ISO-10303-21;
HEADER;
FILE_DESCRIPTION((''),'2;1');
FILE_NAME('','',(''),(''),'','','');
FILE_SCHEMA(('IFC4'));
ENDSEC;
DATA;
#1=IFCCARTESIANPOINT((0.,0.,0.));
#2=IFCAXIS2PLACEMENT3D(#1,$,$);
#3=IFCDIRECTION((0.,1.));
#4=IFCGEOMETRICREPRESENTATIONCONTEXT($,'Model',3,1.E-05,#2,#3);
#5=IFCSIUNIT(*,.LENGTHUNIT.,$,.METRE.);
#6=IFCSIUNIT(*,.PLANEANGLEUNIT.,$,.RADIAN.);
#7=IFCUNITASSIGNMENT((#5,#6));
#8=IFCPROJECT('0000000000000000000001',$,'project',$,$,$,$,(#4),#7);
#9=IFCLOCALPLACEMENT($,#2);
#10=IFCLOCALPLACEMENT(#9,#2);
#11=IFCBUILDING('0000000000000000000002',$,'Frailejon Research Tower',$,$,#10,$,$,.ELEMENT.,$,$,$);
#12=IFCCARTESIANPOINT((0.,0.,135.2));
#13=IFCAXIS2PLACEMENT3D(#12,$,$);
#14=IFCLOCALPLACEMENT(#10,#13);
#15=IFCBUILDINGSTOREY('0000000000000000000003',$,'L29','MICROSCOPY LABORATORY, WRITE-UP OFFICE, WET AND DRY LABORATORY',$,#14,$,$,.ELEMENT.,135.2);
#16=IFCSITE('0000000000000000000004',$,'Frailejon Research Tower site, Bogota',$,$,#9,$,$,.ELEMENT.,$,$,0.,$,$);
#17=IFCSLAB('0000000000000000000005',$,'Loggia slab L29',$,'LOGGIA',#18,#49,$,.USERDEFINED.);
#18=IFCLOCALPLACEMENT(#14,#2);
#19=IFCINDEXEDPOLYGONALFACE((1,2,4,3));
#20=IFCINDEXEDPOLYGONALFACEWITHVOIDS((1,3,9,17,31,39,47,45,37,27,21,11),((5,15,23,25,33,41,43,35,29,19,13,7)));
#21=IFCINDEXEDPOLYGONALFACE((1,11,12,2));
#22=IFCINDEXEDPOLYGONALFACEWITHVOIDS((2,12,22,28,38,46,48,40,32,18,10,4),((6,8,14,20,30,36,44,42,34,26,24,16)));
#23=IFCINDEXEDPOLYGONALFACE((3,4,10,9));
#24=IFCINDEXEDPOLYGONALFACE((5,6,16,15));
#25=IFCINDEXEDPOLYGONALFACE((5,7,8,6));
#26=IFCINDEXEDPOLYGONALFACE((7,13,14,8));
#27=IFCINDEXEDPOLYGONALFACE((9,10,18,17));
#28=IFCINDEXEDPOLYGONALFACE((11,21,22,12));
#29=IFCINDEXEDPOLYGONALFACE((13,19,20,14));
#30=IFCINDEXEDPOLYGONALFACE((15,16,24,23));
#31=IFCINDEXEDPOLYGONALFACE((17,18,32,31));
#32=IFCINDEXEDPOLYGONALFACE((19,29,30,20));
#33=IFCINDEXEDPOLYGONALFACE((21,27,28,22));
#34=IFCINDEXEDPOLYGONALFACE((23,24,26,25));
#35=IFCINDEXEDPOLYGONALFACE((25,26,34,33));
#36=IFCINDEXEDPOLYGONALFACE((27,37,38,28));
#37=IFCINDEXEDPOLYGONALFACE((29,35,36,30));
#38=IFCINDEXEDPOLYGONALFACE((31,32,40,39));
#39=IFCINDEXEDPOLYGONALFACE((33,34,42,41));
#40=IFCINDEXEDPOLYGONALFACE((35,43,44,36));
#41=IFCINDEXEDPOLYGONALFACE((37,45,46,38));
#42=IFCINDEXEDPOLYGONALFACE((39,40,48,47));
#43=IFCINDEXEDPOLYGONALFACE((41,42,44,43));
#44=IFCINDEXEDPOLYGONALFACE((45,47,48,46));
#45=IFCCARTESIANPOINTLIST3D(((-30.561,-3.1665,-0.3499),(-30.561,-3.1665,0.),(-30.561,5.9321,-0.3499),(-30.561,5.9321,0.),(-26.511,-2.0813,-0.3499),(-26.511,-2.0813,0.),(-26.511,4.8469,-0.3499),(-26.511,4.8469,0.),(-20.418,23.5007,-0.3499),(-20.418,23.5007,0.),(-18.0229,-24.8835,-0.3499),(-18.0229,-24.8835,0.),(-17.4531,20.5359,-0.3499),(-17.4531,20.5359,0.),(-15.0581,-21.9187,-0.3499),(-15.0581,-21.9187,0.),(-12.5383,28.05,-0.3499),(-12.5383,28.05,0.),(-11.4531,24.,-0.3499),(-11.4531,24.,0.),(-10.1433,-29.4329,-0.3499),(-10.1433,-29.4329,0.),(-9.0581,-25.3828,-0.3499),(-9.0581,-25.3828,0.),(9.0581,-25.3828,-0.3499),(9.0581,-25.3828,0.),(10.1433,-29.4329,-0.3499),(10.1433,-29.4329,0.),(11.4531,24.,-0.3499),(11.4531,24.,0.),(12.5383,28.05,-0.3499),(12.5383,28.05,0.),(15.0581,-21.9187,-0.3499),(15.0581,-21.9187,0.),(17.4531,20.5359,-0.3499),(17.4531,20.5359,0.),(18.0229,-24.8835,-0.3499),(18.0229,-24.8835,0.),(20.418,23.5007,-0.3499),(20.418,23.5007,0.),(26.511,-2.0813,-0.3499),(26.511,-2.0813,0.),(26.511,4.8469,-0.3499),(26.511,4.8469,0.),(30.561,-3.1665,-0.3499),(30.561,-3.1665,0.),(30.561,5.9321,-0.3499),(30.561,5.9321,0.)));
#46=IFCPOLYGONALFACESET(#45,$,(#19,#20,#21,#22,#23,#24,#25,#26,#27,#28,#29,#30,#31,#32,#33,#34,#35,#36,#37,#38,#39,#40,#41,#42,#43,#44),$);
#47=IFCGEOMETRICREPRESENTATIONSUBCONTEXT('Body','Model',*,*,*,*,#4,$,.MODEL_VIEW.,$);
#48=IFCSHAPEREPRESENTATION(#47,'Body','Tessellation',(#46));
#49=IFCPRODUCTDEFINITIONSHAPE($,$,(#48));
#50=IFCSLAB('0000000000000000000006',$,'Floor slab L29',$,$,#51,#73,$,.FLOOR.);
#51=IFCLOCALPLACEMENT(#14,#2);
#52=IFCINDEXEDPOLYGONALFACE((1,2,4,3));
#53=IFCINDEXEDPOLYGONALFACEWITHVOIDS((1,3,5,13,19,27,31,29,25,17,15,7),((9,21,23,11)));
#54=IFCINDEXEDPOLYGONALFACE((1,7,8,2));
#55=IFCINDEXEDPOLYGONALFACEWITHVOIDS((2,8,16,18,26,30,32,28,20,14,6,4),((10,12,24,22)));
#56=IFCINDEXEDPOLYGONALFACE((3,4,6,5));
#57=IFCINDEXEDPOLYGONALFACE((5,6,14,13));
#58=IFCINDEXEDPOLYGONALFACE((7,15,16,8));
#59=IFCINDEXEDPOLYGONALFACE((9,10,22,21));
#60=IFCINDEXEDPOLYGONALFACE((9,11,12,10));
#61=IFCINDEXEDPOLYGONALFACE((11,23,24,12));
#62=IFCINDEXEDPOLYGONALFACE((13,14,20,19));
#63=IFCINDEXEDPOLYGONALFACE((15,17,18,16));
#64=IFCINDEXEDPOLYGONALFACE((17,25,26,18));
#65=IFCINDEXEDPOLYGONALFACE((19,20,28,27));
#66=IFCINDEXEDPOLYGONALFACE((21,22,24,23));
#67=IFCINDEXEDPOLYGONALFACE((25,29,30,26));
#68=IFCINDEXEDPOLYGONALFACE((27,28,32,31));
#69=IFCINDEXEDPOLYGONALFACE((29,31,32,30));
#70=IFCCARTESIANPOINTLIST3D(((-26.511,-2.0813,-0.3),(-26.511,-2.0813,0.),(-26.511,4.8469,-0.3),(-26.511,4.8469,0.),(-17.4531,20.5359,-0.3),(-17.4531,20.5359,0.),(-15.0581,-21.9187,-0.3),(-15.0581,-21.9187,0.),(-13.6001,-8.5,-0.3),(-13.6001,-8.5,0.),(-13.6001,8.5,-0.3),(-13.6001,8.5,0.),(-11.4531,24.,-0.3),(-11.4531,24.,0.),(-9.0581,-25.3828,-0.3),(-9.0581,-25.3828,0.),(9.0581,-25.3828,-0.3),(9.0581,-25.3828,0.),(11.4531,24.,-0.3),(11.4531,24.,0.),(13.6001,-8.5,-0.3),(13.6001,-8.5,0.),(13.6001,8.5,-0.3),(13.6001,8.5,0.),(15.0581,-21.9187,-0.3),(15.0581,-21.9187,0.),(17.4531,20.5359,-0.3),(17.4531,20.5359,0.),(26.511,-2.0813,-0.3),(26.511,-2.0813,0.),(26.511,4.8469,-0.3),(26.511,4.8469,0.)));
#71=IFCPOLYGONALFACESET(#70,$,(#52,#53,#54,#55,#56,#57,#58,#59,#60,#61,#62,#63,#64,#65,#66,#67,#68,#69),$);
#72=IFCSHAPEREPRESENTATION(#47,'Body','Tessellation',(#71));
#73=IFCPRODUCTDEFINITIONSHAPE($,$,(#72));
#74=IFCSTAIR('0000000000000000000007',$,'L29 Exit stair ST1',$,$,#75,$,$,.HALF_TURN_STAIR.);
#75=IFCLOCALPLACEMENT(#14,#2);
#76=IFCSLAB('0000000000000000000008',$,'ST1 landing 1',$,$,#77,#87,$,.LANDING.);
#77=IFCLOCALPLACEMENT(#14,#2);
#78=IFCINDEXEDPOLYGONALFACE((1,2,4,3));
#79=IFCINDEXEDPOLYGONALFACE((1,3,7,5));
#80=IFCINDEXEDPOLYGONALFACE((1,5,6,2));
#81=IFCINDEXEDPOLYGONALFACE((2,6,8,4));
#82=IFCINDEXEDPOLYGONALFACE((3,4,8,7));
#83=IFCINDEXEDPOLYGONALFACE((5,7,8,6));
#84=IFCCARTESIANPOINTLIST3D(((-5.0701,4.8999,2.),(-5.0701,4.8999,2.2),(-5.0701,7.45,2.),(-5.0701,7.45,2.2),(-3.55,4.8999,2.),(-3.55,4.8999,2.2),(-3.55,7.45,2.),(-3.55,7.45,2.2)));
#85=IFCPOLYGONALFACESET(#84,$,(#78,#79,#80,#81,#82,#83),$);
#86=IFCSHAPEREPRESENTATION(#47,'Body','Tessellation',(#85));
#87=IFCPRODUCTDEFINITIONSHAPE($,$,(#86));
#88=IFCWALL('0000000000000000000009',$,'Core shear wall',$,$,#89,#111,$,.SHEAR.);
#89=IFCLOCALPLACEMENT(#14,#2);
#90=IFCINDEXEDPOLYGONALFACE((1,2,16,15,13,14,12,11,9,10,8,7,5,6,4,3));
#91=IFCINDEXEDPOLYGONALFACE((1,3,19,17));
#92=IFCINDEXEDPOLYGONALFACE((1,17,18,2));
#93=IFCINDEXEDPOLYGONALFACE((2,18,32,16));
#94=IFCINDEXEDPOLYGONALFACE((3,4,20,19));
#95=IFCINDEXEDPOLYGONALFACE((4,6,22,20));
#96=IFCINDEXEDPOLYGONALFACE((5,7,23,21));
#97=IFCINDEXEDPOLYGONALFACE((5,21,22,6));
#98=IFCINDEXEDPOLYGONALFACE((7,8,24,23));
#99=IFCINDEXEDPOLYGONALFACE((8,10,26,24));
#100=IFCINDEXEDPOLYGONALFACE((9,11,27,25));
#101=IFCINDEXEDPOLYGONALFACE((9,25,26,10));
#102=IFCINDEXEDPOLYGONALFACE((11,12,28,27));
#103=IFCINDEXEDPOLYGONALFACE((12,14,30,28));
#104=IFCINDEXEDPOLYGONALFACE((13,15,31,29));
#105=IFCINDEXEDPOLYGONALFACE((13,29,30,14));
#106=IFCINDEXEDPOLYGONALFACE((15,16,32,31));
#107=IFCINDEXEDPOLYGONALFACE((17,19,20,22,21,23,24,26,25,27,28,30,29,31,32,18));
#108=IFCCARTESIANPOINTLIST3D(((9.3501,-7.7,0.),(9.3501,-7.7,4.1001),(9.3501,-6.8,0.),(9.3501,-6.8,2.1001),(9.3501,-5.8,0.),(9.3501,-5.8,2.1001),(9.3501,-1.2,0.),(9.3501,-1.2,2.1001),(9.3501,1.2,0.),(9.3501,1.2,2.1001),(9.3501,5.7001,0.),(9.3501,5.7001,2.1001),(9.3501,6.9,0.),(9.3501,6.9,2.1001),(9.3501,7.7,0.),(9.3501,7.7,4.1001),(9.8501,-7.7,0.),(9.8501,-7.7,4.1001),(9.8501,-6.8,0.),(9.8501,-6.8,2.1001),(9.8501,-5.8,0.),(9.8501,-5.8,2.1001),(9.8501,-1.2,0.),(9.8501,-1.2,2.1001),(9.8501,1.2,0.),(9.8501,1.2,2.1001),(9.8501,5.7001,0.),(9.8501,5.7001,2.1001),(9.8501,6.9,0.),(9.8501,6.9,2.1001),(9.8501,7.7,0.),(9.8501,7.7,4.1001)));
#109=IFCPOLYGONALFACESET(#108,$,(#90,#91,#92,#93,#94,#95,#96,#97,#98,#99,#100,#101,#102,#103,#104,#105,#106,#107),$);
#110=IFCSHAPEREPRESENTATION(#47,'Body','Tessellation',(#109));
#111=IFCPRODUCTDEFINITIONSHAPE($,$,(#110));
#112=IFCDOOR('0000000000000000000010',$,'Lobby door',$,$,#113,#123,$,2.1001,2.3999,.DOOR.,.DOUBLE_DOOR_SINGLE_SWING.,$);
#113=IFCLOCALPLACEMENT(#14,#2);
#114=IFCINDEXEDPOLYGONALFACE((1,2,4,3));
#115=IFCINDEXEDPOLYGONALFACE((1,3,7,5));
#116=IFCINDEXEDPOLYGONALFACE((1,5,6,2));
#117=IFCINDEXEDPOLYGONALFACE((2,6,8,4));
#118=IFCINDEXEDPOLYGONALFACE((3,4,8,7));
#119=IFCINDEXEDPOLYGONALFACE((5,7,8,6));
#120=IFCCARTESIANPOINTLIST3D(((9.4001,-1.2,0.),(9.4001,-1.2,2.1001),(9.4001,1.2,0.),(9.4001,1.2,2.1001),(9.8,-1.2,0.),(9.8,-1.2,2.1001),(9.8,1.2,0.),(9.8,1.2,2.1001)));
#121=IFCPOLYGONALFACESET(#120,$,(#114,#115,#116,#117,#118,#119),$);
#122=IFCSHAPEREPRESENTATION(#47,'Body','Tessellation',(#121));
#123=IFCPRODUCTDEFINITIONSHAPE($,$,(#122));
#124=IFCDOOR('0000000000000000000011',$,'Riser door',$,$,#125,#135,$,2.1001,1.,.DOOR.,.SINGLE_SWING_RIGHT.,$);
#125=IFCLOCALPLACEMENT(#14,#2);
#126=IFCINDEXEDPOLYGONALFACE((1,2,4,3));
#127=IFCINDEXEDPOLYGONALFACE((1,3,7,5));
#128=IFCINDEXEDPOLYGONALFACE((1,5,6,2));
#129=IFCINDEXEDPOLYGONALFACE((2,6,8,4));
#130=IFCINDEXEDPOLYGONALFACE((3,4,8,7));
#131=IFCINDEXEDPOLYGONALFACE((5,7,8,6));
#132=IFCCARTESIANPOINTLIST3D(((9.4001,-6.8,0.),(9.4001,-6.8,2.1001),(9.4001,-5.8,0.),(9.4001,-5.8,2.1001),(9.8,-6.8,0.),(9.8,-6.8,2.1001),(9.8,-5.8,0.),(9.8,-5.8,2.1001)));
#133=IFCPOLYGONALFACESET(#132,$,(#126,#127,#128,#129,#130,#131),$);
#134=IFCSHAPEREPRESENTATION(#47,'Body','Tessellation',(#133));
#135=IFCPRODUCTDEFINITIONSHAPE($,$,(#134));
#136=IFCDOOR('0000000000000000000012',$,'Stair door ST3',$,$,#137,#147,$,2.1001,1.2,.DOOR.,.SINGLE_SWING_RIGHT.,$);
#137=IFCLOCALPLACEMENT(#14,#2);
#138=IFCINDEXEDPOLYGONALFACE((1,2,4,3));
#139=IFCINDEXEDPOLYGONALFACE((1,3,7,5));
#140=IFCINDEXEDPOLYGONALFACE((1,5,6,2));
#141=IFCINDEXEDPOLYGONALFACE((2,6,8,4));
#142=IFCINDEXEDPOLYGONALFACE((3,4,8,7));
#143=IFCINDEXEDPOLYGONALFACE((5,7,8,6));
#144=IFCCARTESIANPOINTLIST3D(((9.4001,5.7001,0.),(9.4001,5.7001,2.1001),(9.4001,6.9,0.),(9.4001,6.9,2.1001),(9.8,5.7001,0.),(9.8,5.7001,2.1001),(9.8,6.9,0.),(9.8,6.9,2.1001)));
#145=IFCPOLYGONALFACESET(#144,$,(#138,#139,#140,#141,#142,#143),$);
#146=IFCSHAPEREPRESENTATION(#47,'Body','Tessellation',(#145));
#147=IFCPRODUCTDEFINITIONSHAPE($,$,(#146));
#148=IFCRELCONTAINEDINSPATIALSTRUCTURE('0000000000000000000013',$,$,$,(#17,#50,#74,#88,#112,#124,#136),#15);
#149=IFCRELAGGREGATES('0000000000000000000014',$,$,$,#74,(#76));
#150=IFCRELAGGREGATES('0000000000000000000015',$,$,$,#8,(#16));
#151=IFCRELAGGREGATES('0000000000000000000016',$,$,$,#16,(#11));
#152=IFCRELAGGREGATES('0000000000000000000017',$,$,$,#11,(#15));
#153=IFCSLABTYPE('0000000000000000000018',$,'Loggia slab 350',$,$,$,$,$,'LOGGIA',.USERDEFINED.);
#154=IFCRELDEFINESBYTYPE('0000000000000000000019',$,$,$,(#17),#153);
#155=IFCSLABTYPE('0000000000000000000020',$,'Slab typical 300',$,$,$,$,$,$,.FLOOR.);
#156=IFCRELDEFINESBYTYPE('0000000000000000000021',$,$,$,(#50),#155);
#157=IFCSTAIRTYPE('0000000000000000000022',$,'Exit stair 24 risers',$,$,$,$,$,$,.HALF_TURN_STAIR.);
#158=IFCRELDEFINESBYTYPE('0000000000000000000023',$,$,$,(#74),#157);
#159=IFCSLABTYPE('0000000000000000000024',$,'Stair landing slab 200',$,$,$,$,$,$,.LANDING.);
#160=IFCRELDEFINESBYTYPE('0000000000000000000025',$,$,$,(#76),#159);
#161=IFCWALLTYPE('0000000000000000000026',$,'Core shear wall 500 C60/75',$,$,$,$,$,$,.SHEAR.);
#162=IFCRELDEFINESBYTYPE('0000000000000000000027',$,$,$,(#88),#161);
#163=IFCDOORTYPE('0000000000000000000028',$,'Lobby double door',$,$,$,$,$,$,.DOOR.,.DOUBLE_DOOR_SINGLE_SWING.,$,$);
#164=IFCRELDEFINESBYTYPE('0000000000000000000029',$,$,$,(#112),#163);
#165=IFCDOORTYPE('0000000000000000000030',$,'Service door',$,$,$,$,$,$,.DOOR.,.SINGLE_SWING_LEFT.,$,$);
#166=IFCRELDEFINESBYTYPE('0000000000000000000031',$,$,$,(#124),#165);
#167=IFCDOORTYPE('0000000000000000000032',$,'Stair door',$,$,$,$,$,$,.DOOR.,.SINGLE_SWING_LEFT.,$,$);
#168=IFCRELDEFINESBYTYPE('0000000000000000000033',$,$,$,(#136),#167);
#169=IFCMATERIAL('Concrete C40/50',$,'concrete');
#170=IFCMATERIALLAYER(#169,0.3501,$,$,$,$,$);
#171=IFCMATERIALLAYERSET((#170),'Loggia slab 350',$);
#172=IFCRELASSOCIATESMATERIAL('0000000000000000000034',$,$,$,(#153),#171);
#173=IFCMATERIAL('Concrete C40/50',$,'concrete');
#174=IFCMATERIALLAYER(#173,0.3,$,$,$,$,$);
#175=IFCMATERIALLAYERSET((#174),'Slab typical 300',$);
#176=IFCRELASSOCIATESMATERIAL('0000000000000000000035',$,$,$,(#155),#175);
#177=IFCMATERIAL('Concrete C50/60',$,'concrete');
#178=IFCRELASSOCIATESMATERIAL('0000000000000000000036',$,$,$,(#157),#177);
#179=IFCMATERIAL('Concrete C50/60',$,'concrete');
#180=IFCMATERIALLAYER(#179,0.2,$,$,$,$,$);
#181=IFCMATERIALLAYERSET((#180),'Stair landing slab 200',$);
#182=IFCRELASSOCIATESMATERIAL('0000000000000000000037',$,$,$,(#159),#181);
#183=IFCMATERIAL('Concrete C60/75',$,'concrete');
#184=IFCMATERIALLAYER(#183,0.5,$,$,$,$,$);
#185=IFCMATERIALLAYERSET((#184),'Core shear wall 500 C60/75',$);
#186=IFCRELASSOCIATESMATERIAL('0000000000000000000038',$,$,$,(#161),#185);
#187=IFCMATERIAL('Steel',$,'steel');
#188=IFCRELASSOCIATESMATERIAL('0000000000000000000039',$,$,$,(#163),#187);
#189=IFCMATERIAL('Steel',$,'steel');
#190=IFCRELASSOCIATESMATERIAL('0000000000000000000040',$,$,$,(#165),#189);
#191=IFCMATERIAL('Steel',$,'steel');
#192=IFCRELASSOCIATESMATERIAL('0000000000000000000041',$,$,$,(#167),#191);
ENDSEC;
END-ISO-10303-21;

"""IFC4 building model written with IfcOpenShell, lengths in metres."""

from ifc_helpers import new_model, si_unit, direction, frame, frame_2d, origin, place, context, subcontext, project, spatial, polyline, rectangle, outline, extrude, material, layer, layer_set, type_object, element, fill, aggregate, save


model = new_model("IFC4")

# Units and contexts
model_context = context("Model", 3, precision=1e-05, world=origin(), true_north=direction((0.0, 1.0)))
body_context = subcontext(model_context, "Body", "Model", "MODEL_VIEW")
ifc_project = project(units=[si_unit("LENGTHUNIT", "METRE"), si_unit("PLANEANGLEUNIT", "RADIAN")], contexts=[model_context])

# Site, building, storey
site_placement = place(None, origin())
site = spatial("IfcSite", under=ifc_project, at=site_placement, Name="Frailejon Research Tower site, Bogota", CompositionType="ELEMENT", RefElevation=0.0)
building_placement = place(site_placement, origin())
building = spatial("IfcBuilding", under=site, at=building_placement, Name="Frailejon Research Tower", CompositionType="ELEMENT")
storey_placement = place(building_placement, frame((0.0, 0.0, 135.2)))
storey = spatial("IfcBuildingStorey", under=building, at=storey_placement, Name="L29", Description="MICROSCOPY LABORATORY, WRITE-UP OFFICE, WET AND DRY LABORATORY", CompositionType="ELEMENT", Elevation=135.2)

# Slabs
ifc_material_1 = material(Name="Concrete C40/50", Category="concrete")
ifc_layer_1 = layer(ifc_material_1, 0.3501)
ifc_layer_set_1 = layer_set([ifc_layer_1], Name="Loggia slab 350")
slab_type_1 = type_object("IfcSlabType", Name="Loggia slab 350", ElementType="LOGGIA", PredefinedType="USERDEFINED", material=ifc_layer_set_1)
slab_1_placement = place(storey_placement, frame((0.0, 0.0, -0.3499)))
element("IfcSlab", 1, at=slab_1_placement, inside=storey, type_object=slab_type_1, Name="Loggia slab L29", ObjectType="LOGGIA", PredefinedType="USERDEFINED", context=body_context, shape_type="SweptSolid", body=[
    extrude(outline(polyline([(18.0229, -24.8835), (10.1433, -29.4329), (-10.1433, -29.4329), (-18.0229, -24.8835), (-30.561, -3.1665), (-30.561, 5.9321), (-20.418, 23.5007), (-12.5383, 28.05), (12.5383, 28.05), (20.418, 23.5007), (30.561, 5.9321), (30.561, -3.1665), (18.0229, -24.8835)]), holes=[polyline([(26.511, 4.8469), (17.4531, 20.5359), (11.4531, 24.0), (-11.4531, 24.0), (-17.4531, 20.5359), (-26.511, 4.8469), (-26.511, -2.0813), (-15.0581, -21.9187), (-9.0581, -25.3828), (9.0581, -25.3828), (15.0581, -21.9187), (26.511, -2.0813), (26.511, 4.8469)])]), origin(), (0.0, 0.0, 1.0), 0.3499),
])
ifc_material_2 = material(Name="Concrete C40/50", Category="concrete")
ifc_layer_2 = layer(ifc_material_2, 0.3)
ifc_layer_set_2 = layer_set([ifc_layer_2], Name="Slab typical 300")
slab_type_2 = type_object("IfcSlabType", Name="Slab typical 300", PredefinedType="FLOOR", material=ifc_layer_set_2)
slab_2_placement = place(storey_placement, frame((0.0, 0.0, -0.3)))
element("IfcSlab", 2, at=slab_2_placement, inside=storey, type_object=slab_type_2, Name="Floor slab L29", PredefinedType="FLOOR", context=body_context, shape_type="SweptSolid", body=[
    extrude(outline(polyline([(26.511, -2.0813), (26.511, 4.8469), (17.4531, 20.5359), (11.4531, 24.0), (-11.4531, 24.0), (-17.4531, 20.5359), (-26.511, 4.8469), (-26.511, -2.0813), (-15.0581, -21.9187), (-9.0581, -25.3828), (9.0581, -25.3828), (15.0581, -21.9187), (26.511, -2.0813)]), holes=[polyline([(13.6001, -8.5), (-13.6001, -8.5), (-13.6001, 8.5), (13.6001, 8.5), (13.6001, -8.5)])]), origin(), (0.0, 0.0, 1.0), 0.3),
])

# Stair, slab
ifc_material_3 = material(Name="Concrete C50/60", Category="concrete")
stair_type = type_object("IfcStairType", Name="Exit stair 24 risers", PredefinedType="HALF_TURN_STAIR", material=ifc_material_3)
stair_placement = place(storey_placement, origin())
stair = element("IfcStair", 3, at=stair_placement, inside=storey, type_object=stair_type, Name="L29 Exit stair ST1", PredefinedType="HALF_TURN_STAIR")
ifc_material_4 = material(Name="Concrete C50/60", Category="concrete")
ifc_layer_3 = layer(ifc_material_4, 0.2)
ifc_layer_set_3 = layer_set([ifc_layer_3], Name="Stair landing slab 200")
slab_type_3 = type_object("IfcSlabType", Name="Stair landing slab 200", PredefinedType="LANDING", material=ifc_layer_set_3)
slab_3_placement = place(storey_placement, frame((0.0, 0.0, 2.0)))
slab_3 = element("IfcSlab", 4, at=slab_3_placement, type_object=slab_type_3, Name="ST1 landing 1", PredefinedType="LANDING", context=body_context, shape_type="SweptSolid", body=[
    extrude(outline(polyline([(-5.0701, 4.8999), (-3.55, 4.8999), (-3.55, 7.45), (-5.0701, 7.45), (-5.0701, 4.8999)])), origin(), (0.0, 0.0, 1.0), 0.2),
])
aggregate(stair, [slab_3])

# Wall, openings, doors
ifc_material_5 = material(Name="Concrete C60/75", Category="concrete")
ifc_layer_4 = layer(ifc_material_5, 0.5)
ifc_layer_set_4 = layer_set([ifc_layer_4], Name="Core shear wall 500 C60/75")
wall_type_1 = type_object("IfcWallType", Name="Core shear wall 500 C60/75", PredefinedType="SHEAR", material=ifc_layer_set_4)
wall_1_placement = place(storey_placement, frame((9.6001, -7.7, 0.0), z_axis=(0.0, 0.0, 1.0), x_axis=(0.0, 1.0, 0.0)))
wall_1 = element("IfcWall", 5, at=wall_1_placement, inside=storey, type_object=wall_type_1, Name="Core shear wall", PredefinedType="SHEAR", context=body_context, shape_type="SweptSolid", body=[
    extrude(rectangle(XDim=15.3999, YDim=0.5, at=frame_2d((7.7, 0.0))), origin(), (0.0, 0.0, 1.0), 4.1001),
])
opening_1_placement = place(wall_1_placement, frame((6.5, 0.0, 0.0)))
opening_1 = element("IfcOpeningElement", 6, at=opening_1_placement, cuts=wall_1, PredefinedType="OPENING", context=body_context, shape_type="SweptSolid", body=[
    extrude(rectangle(XDim=2.3999, YDim=2.1001, at=frame_2d((1.2, 1.05))), frame((0.0, 0.26, 0.0), z_axis=(0.0, -1.0, 0.0), x_axis=(1.0, 0.0, 0.0)), (0.0, 0.0, 1.0), 0.52),
])
opening_2_placement = place(wall_1_placement, frame((13.3999, 0.0, 0.0)))
opening_2 = element("IfcOpeningElement", 7, at=opening_2_placement, cuts=wall_1, PredefinedType="OPENING", context=body_context, shape_type="SweptSolid", body=[
    extrude(rectangle(XDim=1.2, YDim=2.1001, at=frame_2d((0.6001, 1.05))), frame((0.0, 0.26, 0.0), z_axis=(0.0, -1.0, 0.0), x_axis=(1.0, 0.0, 0.0)), (0.0, 0.0, 1.0), 0.52),
])
opening_3_placement = place(wall_1_placement, frame((0.8999, 0.0, 0.0)))
opening_3 = element("IfcOpeningElement", 8, at=opening_3_placement, cuts=wall_1, PredefinedType="OPENING", context=body_context, shape_type="SweptSolid", body=[
    extrude(rectangle(XDim=1.0, YDim=2.1001, at=frame_2d((0.5, 1.05))), frame((0.0, 0.26, 0.0), z_axis=(0.0, -1.0, 0.0), x_axis=(1.0, 0.0, 0.0)), (0.0, 0.0, 1.0), 0.52),
])
ifc_material_6 = material(Name="Steel", Category="steel")
door_type_1 = type_object("IfcDoorType", Name="Lobby double door", OperationType="DOUBLE_DOOR_SINGLE_SWING", PredefinedType="DOOR", material=ifc_material_6)
door_1_placement = place(opening_1_placement, origin())
door_1 = element("IfcDoor", 9, at=door_1_placement, inside=storey, type_object=door_type_1, Name="Lobby door", OperationType="DOUBLE_DOOR_SINGLE_SWING", OverallHeight=2.1001, OverallWidth=2.3999, PredefinedType="DOOR", context=body_context, shape_type="SweptSolid", body=[
    extrude(rectangle(XDim=2.3999, YDim=2.1001, at=frame_2d((1.2, 1.05))), frame((0.0, 0.2, 0.0), z_axis=(0.0, -1.0, 0.0), x_axis=(1.0, 0.0, 0.0)), (0.0, 0.0, 1.0), 0.3999),
])
fill(opening_1, door_1)
ifc_material_7 = material(Name="Steel", Category="steel")
door_type_2 = type_object("IfcDoorType", Name="Service door", OperationType="SINGLE_SWING_LEFT", PredefinedType="DOOR", material=ifc_material_7)
door_2_placement = place(opening_3_placement, origin())
door_2 = element("IfcDoor", 10, at=door_2_placement, inside=storey, type_object=door_type_2, Name="Riser door", OperationType="SINGLE_SWING_RIGHT", OverallHeight=2.1001, OverallWidth=1.0, PredefinedType="DOOR", context=body_context, shape_type="SweptSolid", body=[
    extrude(rectangle(XDim=1.0, YDim=2.1001, at=frame_2d((0.5, 1.05))), frame((0.0, 0.2, 0.0), z_axis=(0.0, -1.0, 0.0), x_axis=(1.0, 0.0, 0.0)), (0.0, 0.0, 1.0), 0.3999),
])
fill(opening_3, door_2)
ifc_material_8 = material(Name="Steel", Category="steel")
door_type_3 = type_object("IfcDoorType", Name="Stair door", OperationType="SINGLE_SWING_LEFT", PredefinedType="DOOR", material=ifc_material_8)
door_3_placement = place(opening_2_placement, origin())
door_3 = element("IfcDoor", 11, at=door_3_placement, inside=storey, type_object=door_type_3, Name="Stair door ST3", OperationType="SINGLE_SWING_RIGHT", OverallHeight=2.1001, OverallWidth=1.2, PredefinedType="DOOR", context=body_context, shape_type="SweptSolid", body=[
    extrude(rectangle(XDim=1.2, YDim=2.1001, at=frame_2d((0.6001, 1.05))), frame((0.0, 0.2, 0.0), z_axis=(0.0, -1.0, 0.0), x_axis=(1.0, 0.0, 0.0)), (0.0, 0.0, 1.0), 0.3999),
])
fill(opening_2, door_3)

save(model, "model.ifc")
